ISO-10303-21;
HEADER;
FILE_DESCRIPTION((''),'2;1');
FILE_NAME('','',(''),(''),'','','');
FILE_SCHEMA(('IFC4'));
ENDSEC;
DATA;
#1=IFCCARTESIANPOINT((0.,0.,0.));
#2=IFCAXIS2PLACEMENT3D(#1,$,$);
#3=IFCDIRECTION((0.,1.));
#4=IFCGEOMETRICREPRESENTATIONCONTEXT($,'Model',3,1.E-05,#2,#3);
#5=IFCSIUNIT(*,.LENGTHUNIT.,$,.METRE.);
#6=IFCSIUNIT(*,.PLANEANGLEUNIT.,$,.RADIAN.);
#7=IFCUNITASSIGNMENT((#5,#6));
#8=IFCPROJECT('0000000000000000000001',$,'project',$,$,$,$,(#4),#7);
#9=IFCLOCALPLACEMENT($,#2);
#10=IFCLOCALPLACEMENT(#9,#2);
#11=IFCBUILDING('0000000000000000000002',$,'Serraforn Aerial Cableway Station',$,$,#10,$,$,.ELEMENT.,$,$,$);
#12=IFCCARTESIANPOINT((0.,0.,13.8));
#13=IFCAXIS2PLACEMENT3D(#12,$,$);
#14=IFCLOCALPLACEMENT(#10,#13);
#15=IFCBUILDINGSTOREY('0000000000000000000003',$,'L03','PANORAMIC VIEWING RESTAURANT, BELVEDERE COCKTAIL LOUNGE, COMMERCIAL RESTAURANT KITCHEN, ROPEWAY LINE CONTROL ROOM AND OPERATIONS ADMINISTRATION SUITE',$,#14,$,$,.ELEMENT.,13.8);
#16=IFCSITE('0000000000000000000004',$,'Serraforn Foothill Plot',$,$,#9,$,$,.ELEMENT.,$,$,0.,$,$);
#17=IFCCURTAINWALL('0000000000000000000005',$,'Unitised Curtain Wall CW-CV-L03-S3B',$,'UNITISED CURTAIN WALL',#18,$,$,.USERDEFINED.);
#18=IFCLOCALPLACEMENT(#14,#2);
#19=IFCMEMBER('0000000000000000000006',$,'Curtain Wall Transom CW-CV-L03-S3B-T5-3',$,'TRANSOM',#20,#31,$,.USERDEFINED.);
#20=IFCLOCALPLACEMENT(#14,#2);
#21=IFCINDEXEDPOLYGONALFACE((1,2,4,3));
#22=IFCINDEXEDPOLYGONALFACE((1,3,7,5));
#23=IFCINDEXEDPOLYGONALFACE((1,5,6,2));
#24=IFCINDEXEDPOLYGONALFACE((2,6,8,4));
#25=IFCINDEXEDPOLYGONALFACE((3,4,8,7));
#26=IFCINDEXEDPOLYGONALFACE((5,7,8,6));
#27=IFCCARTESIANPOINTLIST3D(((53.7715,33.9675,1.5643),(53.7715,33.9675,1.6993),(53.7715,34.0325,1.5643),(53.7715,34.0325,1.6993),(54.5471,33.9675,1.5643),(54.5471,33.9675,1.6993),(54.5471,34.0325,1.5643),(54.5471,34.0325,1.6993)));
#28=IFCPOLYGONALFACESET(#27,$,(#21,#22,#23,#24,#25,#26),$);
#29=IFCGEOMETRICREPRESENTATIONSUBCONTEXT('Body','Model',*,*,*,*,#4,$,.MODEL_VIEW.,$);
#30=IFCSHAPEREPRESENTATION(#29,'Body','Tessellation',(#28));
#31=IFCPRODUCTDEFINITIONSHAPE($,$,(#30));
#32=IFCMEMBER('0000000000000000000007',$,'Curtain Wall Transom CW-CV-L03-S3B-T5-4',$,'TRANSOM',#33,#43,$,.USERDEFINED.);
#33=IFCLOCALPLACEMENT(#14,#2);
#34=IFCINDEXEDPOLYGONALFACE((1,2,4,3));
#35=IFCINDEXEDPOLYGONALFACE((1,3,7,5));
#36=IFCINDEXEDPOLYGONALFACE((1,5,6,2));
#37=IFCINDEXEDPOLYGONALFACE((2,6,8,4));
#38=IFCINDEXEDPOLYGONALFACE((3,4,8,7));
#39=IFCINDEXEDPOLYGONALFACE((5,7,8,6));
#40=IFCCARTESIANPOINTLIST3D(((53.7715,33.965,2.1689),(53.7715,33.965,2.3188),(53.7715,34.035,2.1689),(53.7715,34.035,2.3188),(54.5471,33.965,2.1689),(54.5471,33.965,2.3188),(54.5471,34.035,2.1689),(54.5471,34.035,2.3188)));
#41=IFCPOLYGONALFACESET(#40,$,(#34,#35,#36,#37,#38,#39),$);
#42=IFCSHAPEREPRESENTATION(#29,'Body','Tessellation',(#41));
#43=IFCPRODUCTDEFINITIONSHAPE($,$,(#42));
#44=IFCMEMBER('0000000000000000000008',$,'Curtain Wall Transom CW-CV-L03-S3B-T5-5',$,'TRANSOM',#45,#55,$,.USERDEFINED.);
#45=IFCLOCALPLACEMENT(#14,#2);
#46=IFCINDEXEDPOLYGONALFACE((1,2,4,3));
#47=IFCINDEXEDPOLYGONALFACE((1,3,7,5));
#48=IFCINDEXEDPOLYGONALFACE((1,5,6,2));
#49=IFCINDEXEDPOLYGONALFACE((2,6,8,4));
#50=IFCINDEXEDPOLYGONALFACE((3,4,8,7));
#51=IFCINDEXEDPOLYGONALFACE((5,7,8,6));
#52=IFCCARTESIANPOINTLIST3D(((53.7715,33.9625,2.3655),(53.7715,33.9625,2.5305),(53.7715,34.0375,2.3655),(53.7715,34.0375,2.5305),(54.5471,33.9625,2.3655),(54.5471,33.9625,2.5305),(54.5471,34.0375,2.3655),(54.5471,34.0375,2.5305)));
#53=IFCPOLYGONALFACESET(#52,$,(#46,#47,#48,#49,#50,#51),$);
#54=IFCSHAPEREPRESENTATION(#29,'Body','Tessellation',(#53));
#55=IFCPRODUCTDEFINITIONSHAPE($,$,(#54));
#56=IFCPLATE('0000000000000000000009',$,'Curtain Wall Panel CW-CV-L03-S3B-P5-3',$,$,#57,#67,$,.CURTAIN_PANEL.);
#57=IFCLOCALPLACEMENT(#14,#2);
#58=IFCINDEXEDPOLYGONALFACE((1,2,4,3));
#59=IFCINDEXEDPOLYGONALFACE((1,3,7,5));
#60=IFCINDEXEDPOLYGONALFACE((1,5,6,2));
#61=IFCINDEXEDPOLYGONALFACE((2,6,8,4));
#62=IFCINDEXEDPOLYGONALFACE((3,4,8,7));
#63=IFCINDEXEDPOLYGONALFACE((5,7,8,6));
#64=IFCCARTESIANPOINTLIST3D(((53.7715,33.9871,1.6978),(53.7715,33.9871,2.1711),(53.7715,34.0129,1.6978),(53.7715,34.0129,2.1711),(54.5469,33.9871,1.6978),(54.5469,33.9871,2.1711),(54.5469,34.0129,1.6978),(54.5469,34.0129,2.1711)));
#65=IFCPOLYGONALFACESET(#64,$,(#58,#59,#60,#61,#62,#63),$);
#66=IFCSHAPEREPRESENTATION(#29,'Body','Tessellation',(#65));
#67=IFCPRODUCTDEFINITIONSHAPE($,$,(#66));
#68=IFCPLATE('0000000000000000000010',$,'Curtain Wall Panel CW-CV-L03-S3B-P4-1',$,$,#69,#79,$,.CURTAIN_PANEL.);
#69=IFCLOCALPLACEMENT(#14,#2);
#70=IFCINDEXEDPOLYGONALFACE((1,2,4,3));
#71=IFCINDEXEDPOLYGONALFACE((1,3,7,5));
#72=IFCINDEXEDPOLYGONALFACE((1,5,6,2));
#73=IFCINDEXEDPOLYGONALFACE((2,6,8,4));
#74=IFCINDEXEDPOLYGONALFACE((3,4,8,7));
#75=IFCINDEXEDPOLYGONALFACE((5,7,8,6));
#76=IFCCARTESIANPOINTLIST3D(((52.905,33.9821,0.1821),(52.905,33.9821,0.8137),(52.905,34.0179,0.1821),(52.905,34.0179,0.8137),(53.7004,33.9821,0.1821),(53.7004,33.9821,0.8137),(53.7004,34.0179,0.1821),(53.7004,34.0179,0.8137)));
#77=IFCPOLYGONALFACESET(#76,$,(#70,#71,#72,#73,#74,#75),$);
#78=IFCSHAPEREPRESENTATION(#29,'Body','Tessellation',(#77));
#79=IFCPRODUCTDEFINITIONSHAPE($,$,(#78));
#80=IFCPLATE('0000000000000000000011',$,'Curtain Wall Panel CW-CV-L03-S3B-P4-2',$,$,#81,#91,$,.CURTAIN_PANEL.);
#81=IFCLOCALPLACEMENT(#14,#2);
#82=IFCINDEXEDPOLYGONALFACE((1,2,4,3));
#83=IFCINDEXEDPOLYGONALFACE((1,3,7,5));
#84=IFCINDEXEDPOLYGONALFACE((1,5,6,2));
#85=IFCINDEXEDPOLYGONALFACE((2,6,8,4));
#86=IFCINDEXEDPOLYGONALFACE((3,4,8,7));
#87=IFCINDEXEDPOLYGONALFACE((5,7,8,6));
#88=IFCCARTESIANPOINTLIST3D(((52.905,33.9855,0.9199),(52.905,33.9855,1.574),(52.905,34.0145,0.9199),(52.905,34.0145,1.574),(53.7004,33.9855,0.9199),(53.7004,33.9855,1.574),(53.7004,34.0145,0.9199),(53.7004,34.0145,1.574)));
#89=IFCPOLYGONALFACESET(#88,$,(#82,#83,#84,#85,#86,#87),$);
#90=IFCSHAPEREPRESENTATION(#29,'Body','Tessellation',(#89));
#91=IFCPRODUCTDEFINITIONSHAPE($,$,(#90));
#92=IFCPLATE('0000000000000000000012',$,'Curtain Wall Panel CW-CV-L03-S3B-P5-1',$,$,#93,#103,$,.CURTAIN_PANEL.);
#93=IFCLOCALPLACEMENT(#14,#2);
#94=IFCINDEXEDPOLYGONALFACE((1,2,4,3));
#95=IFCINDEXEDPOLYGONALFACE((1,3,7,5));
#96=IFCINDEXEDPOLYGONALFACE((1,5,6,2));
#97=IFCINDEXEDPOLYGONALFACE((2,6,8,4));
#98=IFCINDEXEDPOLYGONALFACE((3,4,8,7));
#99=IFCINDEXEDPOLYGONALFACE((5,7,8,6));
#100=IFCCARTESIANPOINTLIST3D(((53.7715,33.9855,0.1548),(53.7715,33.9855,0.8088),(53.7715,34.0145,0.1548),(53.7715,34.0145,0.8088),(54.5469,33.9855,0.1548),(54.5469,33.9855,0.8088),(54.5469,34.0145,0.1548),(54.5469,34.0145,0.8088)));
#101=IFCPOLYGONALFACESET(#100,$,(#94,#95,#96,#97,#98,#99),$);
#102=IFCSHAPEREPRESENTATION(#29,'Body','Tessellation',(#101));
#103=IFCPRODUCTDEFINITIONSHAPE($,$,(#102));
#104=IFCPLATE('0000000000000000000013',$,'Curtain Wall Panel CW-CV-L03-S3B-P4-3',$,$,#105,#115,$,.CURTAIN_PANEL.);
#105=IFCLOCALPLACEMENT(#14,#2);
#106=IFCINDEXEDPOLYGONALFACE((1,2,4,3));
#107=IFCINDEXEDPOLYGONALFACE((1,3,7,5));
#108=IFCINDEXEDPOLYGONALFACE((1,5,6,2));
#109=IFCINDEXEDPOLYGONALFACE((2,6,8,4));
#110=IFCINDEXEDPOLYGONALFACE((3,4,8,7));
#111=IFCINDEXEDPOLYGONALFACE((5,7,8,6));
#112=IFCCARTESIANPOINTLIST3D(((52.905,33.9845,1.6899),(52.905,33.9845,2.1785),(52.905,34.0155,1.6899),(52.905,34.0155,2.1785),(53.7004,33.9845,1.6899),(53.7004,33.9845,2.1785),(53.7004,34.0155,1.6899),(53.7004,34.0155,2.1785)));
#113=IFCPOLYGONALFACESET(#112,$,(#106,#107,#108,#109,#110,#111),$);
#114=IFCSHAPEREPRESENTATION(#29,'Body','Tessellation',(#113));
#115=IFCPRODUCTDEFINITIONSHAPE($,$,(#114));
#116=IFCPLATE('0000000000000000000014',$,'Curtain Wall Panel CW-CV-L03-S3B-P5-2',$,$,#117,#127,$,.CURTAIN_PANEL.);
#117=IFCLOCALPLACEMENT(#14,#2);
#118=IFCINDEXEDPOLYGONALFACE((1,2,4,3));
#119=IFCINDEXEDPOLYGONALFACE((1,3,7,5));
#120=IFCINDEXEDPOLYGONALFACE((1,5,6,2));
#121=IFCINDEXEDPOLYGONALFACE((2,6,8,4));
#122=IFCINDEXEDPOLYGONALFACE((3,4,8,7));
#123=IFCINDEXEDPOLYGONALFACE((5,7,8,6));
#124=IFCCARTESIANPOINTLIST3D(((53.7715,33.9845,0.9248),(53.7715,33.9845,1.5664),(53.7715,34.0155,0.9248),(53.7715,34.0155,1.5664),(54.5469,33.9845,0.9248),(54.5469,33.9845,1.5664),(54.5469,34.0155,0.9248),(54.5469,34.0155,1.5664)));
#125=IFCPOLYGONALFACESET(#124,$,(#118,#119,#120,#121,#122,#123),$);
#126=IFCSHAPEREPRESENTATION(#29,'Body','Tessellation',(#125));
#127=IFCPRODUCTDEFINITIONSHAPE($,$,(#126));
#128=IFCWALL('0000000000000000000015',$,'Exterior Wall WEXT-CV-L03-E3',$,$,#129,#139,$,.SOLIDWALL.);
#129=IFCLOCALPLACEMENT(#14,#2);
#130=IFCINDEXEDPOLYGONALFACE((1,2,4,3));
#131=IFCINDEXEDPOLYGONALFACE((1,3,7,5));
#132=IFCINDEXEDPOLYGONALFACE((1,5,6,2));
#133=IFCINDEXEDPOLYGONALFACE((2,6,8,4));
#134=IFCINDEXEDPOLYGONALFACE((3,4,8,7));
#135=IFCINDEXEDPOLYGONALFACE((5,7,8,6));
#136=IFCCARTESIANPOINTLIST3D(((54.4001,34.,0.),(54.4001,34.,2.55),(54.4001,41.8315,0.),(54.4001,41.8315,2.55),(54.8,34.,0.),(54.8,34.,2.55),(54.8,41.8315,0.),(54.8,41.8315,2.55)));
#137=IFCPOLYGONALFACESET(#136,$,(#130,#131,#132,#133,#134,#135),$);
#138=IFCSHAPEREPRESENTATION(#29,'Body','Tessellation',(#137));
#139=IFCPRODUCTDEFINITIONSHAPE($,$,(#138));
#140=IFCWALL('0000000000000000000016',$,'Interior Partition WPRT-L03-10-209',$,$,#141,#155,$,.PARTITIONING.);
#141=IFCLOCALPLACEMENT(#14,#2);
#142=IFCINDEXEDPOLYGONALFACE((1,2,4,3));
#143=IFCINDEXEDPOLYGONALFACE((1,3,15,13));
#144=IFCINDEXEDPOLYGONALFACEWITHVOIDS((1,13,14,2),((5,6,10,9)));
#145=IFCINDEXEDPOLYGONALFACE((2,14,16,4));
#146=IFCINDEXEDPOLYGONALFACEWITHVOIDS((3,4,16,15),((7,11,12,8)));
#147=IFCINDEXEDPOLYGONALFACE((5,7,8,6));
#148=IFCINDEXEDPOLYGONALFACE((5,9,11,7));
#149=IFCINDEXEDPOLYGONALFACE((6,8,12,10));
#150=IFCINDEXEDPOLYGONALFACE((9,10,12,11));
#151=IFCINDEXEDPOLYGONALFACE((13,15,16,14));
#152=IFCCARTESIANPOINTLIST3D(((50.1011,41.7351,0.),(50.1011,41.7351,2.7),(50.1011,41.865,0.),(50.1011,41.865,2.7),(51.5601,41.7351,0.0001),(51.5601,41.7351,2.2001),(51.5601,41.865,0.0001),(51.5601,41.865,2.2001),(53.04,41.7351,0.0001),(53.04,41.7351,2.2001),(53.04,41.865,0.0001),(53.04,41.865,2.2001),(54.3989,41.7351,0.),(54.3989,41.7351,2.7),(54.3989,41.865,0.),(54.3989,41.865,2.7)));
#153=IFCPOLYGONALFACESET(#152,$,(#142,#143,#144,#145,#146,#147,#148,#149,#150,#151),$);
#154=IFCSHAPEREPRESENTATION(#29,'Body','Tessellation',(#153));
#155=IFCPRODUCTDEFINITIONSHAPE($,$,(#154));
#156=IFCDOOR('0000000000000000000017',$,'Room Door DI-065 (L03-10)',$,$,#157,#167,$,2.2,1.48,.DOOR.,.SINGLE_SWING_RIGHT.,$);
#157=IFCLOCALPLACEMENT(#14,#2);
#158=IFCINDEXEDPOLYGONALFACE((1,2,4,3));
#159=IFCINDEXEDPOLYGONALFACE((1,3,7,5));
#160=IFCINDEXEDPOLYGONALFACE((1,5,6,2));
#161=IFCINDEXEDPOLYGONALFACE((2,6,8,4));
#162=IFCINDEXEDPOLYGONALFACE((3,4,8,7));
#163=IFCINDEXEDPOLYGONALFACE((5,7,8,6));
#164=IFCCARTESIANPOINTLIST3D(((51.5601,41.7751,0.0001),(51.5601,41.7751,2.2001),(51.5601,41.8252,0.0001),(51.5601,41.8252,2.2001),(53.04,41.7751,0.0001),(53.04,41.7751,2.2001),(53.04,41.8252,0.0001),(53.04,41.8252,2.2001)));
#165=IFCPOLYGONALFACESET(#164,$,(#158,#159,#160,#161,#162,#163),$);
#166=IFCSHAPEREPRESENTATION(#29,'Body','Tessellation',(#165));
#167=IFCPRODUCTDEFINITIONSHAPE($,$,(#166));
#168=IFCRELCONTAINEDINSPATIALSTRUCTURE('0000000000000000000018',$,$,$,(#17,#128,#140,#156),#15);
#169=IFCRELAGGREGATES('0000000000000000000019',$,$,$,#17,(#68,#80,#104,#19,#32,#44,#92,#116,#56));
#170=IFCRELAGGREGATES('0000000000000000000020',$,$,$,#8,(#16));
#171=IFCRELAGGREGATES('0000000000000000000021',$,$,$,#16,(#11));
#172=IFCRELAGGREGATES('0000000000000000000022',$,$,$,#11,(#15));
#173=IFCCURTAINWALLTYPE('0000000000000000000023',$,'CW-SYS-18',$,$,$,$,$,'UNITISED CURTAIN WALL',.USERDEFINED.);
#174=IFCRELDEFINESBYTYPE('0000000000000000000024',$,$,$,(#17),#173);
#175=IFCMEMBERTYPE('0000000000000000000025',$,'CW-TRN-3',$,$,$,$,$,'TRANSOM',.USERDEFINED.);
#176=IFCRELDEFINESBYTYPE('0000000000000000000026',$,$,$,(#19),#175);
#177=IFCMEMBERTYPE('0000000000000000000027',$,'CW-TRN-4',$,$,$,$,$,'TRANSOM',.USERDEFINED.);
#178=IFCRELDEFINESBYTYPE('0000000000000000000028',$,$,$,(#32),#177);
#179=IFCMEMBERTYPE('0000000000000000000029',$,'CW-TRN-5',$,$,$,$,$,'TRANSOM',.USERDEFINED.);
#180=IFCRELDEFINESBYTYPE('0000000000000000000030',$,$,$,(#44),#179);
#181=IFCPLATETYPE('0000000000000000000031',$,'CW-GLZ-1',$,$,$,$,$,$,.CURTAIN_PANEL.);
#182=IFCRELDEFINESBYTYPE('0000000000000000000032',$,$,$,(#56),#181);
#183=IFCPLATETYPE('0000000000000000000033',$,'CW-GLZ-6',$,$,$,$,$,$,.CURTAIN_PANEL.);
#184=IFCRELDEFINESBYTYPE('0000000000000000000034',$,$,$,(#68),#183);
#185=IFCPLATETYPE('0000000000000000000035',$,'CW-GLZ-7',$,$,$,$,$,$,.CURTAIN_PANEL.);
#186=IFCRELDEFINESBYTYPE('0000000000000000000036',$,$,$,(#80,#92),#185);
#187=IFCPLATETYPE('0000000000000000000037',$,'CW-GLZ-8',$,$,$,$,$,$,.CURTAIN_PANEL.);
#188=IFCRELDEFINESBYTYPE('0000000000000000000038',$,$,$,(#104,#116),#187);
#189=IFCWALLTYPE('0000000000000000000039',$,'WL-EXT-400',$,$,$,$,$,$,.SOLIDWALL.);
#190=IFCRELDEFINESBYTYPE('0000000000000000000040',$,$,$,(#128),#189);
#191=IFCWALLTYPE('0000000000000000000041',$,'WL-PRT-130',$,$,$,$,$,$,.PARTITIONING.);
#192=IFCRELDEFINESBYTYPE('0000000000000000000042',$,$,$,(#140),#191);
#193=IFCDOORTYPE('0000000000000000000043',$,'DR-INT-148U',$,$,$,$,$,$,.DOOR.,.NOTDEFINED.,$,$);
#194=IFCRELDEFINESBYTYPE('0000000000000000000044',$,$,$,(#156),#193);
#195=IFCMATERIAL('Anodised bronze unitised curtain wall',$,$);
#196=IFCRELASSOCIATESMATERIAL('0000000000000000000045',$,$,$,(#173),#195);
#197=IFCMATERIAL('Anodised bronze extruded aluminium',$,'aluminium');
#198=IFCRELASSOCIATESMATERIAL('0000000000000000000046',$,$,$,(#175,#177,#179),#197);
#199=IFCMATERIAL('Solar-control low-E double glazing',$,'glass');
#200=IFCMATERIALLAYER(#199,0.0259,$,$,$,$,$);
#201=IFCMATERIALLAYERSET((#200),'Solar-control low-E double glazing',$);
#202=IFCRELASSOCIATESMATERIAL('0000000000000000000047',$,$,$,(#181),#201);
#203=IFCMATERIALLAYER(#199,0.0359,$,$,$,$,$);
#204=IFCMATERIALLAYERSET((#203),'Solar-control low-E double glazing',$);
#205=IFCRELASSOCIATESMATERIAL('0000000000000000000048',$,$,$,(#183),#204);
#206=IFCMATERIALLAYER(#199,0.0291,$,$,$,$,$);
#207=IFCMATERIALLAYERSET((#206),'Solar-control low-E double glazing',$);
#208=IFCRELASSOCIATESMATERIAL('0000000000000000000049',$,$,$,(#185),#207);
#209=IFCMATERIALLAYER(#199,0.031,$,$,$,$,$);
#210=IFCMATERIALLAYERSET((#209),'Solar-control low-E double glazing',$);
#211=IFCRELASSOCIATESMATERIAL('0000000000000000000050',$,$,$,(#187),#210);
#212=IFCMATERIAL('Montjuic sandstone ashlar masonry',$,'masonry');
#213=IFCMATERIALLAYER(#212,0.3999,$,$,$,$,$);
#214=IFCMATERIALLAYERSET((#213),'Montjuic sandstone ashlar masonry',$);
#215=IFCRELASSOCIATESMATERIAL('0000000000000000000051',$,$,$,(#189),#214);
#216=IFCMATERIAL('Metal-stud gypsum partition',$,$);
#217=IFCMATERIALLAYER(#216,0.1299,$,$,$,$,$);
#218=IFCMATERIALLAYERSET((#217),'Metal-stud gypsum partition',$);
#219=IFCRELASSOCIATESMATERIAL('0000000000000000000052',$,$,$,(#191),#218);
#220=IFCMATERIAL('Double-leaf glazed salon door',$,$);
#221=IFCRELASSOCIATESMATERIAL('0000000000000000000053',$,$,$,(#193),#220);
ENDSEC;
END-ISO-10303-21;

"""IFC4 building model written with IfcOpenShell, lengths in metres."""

from ifc_helpers import new_model, si_unit, direction, frame, frame_2d, origin, origin_2d, place, context, subcontext, project, spatial, rectangle, extrude, material, layer, layer_set, material_profile, profile_set, type_object, element, fill, aggregate, save


model = new_model("IFC4")

# Units and contexts
model_context = context("Model", 3, precision=1e-05, world=origin(), true_north=direction((0.0, 1.0)))
body_context = subcontext(model_context, "Body", "Model", "MODEL_VIEW")
ifc_project = project(units=[si_unit("LENGTHUNIT", "METRE"), si_unit("PLANEANGLEUNIT", "RADIAN")], contexts=[model_context])

# Site, building, storey
site_placement = place(None, origin())
site = spatial("IfcSite", under=ifc_project, at=site_placement, Name="Serraforn Foothill Plot", CompositionType="ELEMENT", RefElevation=0.0)
building_placement = place(site_placement, origin())
building = spatial("IfcBuilding", under=site, at=building_placement, Name="Serraforn Aerial Cableway Station", CompositionType="ELEMENT")
storey_placement = place(building_placement, frame((0.0, 0.0, 13.8)))
storey = spatial("IfcBuildingStorey", under=building, at=storey_placement, Name="L03", Description="PANORAMIC VIEWING RESTAURANT, BELVEDERE COCKTAIL LOUNGE, COMMERCIAL RESTAURANT KITCHEN, ROPEWAY LINE CONTROL ROOM AND OPERATIONS ADMINISTRATION SUITE", CompositionType="ELEMENT", Elevation=13.8)

# Curtain wall, members, plates
ifc_material_1 = material(Name="Anodised bronze unitised curtain wall")
curtain_wall_type = type_object("IfcCurtainWallType", Name="CW-SYS-18", ElementType="UNITISED CURTAIN WALL", PredefinedType="USERDEFINED", material=ifc_material_1)
curtain_wall_placement = place(storey_placement, origin())
curtain_wall = element("IfcCurtainWall", 1, at=curtain_wall_placement, inside=storey, type_object=curtain_wall_type, Name="Unitised Curtain Wall CW-CV-L03-S3B", ObjectType="UNITISED CURTAIN WALL", PredefinedType="USERDEFINED")
ifc_material_2 = material(Name="Anodised bronze extruded aluminium", Category="aluminium")
ifc_material_profile_1 = material_profile(ifc_material_2, rectangle(XDim=0.0649, YDim=0.135, at=origin_2d()), Name="CW TRANSOM 65x135")
ifc_profile_set_1 = profile_set([ifc_material_profile_1], Name="Anodised bronze extruded aluminium")
member_type_1 = type_object("IfcMemberType", Name="CW-TRN-3", ElementType="TRANSOM", PredefinedType="USERDEFINED", material=ifc_profile_set_1)
member_1_placement = place(storey_placement, frame((53.7715, 34.0, 1.6318), z_axis=(1.0, 0.0, 0.0), x_axis=(0.0, 1.0, 0.0)))
member_1 = element("IfcMember", 2, at=member_1_placement, type_object=member_type_1, Name="Curtain Wall Transom CW-CV-L03-S3B-T5-3", ObjectType="TRANSOM", PredefinedType="USERDEFINED", context=body_context, shape_type="SweptSolid", body=[
    extrude(rectangle(XDim=0.0649, YDim=0.135, at=origin_2d()), origin(), (0.0, 0.0, 1.0), 0.7756),
])
ifc_material_profile_2 = material_profile(ifc_material_2, rectangle(XDim=0.0701, YDim=0.1499, at=origin_2d()), Name="CW TRANSOM 70x150")
ifc_profile_set_2 = profile_set([ifc_material_profile_2], Name="Anodised bronze extruded aluminium")
member_type_2 = type_object("IfcMemberType", Name="CW-TRN-4", ElementType="TRANSOM", PredefinedType="USERDEFINED", material=ifc_profile_set_2)
member_2_placement = place(storey_placement, frame((53.7715, 34.0, 2.2439), z_axis=(1.0, 0.0, 0.0), x_axis=(0.0, 1.0, 0.0)))
member_2 = element("IfcMember", 3, at=member_2_placement, type_object=member_type_2, Name="Curtain Wall Transom CW-CV-L03-S3B-T5-4", ObjectType="TRANSOM", PredefinedType="USERDEFINED", context=body_context, shape_type="SweptSolid", body=[
    extrude(rectangle(XDim=0.0701, YDim=0.1499, at=origin_2d()), origin(), (0.0, 0.0, 1.0), 0.7756),
])
ifc_material_profile_3 = material_profile(ifc_material_2, rectangle(XDim=0.075, YDim=0.165, at=origin_2d()), Name="CW TRANSOM 75x165")
ifc_profile_set_3 = profile_set([ifc_material_profile_3], Name="Anodised bronze extruded aluminium")
member_type_3 = type_object("IfcMemberType", Name="CW-TRN-5", ElementType="TRANSOM", PredefinedType="USERDEFINED", material=ifc_profile_set_3)
member_3_placement = place(storey_placement, frame((53.7715, 34.0, 2.448), z_axis=(1.0, 0.0, 0.0), x_axis=(0.0, 1.0, 0.0)))
member_3 = element("IfcMember", 4, at=member_3_placement, type_object=member_type_3, Name="Curtain Wall Transom CW-CV-L03-S3B-T5-5", ObjectType="TRANSOM", PredefinedType="USERDEFINED", context=body_context, shape_type="SweptSolid", body=[
    extrude(rectangle(XDim=0.075, YDim=0.165, at=origin_2d()), origin(), (0.0, 0.0, 1.0), 0.7756),
])
ifc_material_3 = material(Name="Solar-control low-E double glazing", Category="glass")
ifc_layer_1 = layer(ifc_material_3, 0.0259)
ifc_layer_set_1 = layer_set([ifc_layer_1], Name="Solar-control low-E double glazing")
plate_type_1 = type_object("IfcPlateType", Name="CW-GLZ-1", PredefinedType="CURTAIN_PANEL", material=ifc_layer_set_1)
plate_1_placement = place(storey_placement, frame((54.1592, 34.0, 1.6978), z_axis=(0.0, 0.0, 1.0), x_axis=(1.0, 0.0, 0.0)))
plate_1 = element("IfcPlate", 5, at=plate_1_placement, type_object=plate_type_1, Name="Curtain Wall Panel CW-CV-L03-S3B-P5-3", PredefinedType="CURTAIN_PANEL", context=body_context, shape_type="SweptSolid", body=[
    extrude(rectangle(XDim=0.7754, YDim=0.0259, at=origin_2d()), origin(), (0.0, 0.0, 1.0), 0.4734),
])
ifc_layer_2 = layer(ifc_material_3, 0.0359)
ifc_layer_set_2 = layer_set([ifc_layer_2], Name="Solar-control low-E double glazing")
plate_type_2 = type_object("IfcPlateType", Name="CW-GLZ-6", PredefinedType="CURTAIN_PANEL", material=ifc_layer_set_2)
plate_2_placement = place(storey_placement, frame((53.3027, 34.0, 0.1821), z_axis=(0.0, 0.0, 1.0), x_axis=(1.0, 0.0, 0.0)))
plate_2 = element("IfcPlate", 6, at=plate_2_placement, type_object=plate_type_2, Name="Curtain Wall Panel CW-CV-L03-S3B-P4-1", PredefinedType="CURTAIN_PANEL", context=body_context, shape_type="SweptSolid", body=[
    extrude(rectangle(XDim=0.7954, YDim=0.0359, at=origin_2d()), origin(), (0.0, 0.0, 1.0), 0.6316),
])
ifc_layer_3 = layer(ifc_material_3, 0.0291)
ifc_layer_set_3 = layer_set([ifc_layer_3], Name="Solar-control low-E double glazing")
plate_type_3 = type_object("IfcPlateType", Name="CW-GLZ-7", PredefinedType="CURTAIN_PANEL", material=ifc_layer_set_3)
plate_3_placement = place(storey_placement, frame((53.3027, 34.0, 0.9199), z_axis=(0.0, 0.0, 1.0), x_axis=(1.0, 0.0, 0.0)))
plate_3 = element("IfcPlate", 7, at=plate_3_placement, type_object=plate_type_3, Name="Curtain Wall Panel CW-CV-L03-S3B-P4-2", PredefinedType="CURTAIN_PANEL", context=body_context, shape_type="SweptSolid", body=[
    extrude(rectangle(XDim=0.7954, YDim=0.0291, at=origin_2d()), origin(), (0.0, 0.0, 1.0), 0.6541),
])
plate_4_placement = place(storey_placement, frame((54.1592, 34.0, 0.1548), z_axis=(0.0, 0.0, 1.0), x_axis=(1.0, 0.0, 0.0)))
plate_4 = element("IfcPlate", 8, at=plate_4_placement, type_object=plate_type_3, Name="Curtain Wall Panel CW-CV-L03-S3B-P5-1", PredefinedType="CURTAIN_PANEL", context=body_context, shape_type="SweptSolid", body=[
    extrude(rectangle(XDim=0.7754, YDim=0.0291, at=origin_2d()), origin(), (0.0, 0.0, 1.0), 0.6541),
])
ifc_layer_4 = layer(ifc_material_3, 0.031)
ifc_layer_set_4 = layer_set([ifc_layer_4], Name="Solar-control low-E double glazing")
plate_type_4 = type_object("IfcPlateType", Name="CW-GLZ-8", PredefinedType="CURTAIN_PANEL", material=ifc_layer_set_4)
plate_5_placement = place(storey_placement, frame((53.3027, 34.0, 1.6899), z_axis=(0.0, 0.0, 1.0), x_axis=(1.0, 0.0, 0.0)))
plate_5 = element("IfcPlate", 9, at=plate_5_placement, type_object=plate_type_4, Name="Curtain Wall Panel CW-CV-L03-S3B-P4-3", PredefinedType="CURTAIN_PANEL", context=body_context, shape_type="SweptSolid", body=[
    extrude(rectangle(XDim=0.7954, YDim=0.031, at=origin_2d()), origin(), (0.0, 0.0, 1.0), 0.4885),
])
plate_6_placement = place(storey_placement, frame((54.1592, 34.0, 0.9248), z_axis=(0.0, 0.0, 1.0), x_axis=(1.0, 0.0, 0.0)))
plate_6 = element("IfcPlate", 10, at=plate_6_placement, type_object=plate_type_4, Name="Curtain Wall Panel CW-CV-L03-S3B-P5-2", PredefinedType="CURTAIN_PANEL", context=body_context, shape_type="SweptSolid", body=[
    extrude(rectangle(XDim=0.7754, YDim=0.031, at=origin_2d()), origin(), (0.0, 0.0, 1.0), 0.6416),
])
aggregate(curtain_wall, [plate_2, plate_3, plate_5, member_1, member_2, member_3, plate_4, plate_6, plate_1])

# Wall
ifc_material_4 = material(Name="Montjuic sandstone ashlar masonry", Category="masonry")
ifc_layer_5 = layer(ifc_material_4, 0.3999)
ifc_layer_set_5 = layer_set([ifc_layer_5], Name="Montjuic sandstone ashlar masonry")
wall_type_1 = type_object("IfcWallType", Name="WL-EXT-400", PredefinedType="SOLIDWALL", material=ifc_layer_set_5)
wall_1_placement = place(storey_placement, frame((54.6001, 34.0, 0.0), z_axis=(0.0, 0.0, 1.0), x_axis=(0.0, 1.0, 0.0)))
element("IfcWall", 11, at=wall_1_placement, inside=storey, type_object=wall_type_1, Name="Exterior Wall WEXT-CV-L03-E3", PredefinedType="SOLIDWALL", context=body_context, shape_type="SweptSolid", body=[
    extrude(rectangle(XDim=7.8315, YDim=0.3999, at=frame_2d((3.9158, 0.0))), origin(), (0.0, 0.0, 1.0), 2.55),
])

# Wall, opening, door
ifc_material_5 = material(Name="Metal-stud gypsum partition")
ifc_layer_6 = layer(ifc_material_5, 0.1299)
ifc_layer_set_6 = layer_set([ifc_layer_6], Name="Metal-stud gypsum partition")
wall_type_2 = type_object("IfcWallType", Name="WL-PRT-130", PredefinedType="PARTITIONING", material=ifc_layer_set_6)
wall_2_placement = place(storey_placement, frame((54.3989, 41.8, 0.0), z_axis=(0.0, 0.0, 1.0), x_axis=(-1.0, 0.0, 0.0)))
wall_2 = element("IfcWall", 12, at=wall_2_placement, inside=storey, type_object=wall_type_2, Name="Interior Partition WPRT-L03-10-209", PredefinedType="PARTITIONING", context=body_context, shape_type="SweptSolid", body=[
    extrude(rectangle(XDim=4.2979, YDim=0.1299, at=frame_2d((2.1489, 0.0))), origin(), (0.0, 0.0, 1.0), 2.7),
])
opening_placement = place(wall_2_placement, frame((1.3589, 0.0, 0.0)))
opening = element("IfcOpeningElement", 13, at=opening_placement, cuts=wall_2, PredefinedType="OPENING", context=body_context, shape_type="SweptSolid", body=[
    extrude(rectangle(XDim=1.48, YDim=2.2, at=frame_2d((0.74, 1.1001))), frame((0.0, 0.075, 0.0), z_axis=(0.0, -1.0, 0.0), x_axis=(1.0, 0.0, 0.0)), (0.0, 0.0, 1.0), 0.1499),
])
ifc_material_6 = material(Name="Double-leaf glazed salon door")
door_type = type_object("IfcDoorType", Name="DR-INT-148U", OperationType="NOTDEFINED", PredefinedType="DOOR", material=ifc_material_6)
door_placement = place(opening_placement, origin())
door = element("IfcDoor", 14, at=door_placement, inside=storey, type_object=door_type, Name="Room Door DI-065 (L03-10)", OperationType="SINGLE_SWING_RIGHT", OverallHeight=2.2, OverallWidth=1.48, PredefinedType="DOOR", context=body_context, shape_type="SweptSolid", body=[
    extrude(rectangle(XDim=1.48, YDim=2.2, at=frame_2d((0.74, 1.1001))), frame((0.0, 0.0249, 0.0), z_axis=(0.0, -1.0, 0.0), x_axis=(1.0, 0.0, 0.0)), (0.0, 0.0, 1.0), 0.05),
])
fill(opening, door)

save(model, "model.ifc")
